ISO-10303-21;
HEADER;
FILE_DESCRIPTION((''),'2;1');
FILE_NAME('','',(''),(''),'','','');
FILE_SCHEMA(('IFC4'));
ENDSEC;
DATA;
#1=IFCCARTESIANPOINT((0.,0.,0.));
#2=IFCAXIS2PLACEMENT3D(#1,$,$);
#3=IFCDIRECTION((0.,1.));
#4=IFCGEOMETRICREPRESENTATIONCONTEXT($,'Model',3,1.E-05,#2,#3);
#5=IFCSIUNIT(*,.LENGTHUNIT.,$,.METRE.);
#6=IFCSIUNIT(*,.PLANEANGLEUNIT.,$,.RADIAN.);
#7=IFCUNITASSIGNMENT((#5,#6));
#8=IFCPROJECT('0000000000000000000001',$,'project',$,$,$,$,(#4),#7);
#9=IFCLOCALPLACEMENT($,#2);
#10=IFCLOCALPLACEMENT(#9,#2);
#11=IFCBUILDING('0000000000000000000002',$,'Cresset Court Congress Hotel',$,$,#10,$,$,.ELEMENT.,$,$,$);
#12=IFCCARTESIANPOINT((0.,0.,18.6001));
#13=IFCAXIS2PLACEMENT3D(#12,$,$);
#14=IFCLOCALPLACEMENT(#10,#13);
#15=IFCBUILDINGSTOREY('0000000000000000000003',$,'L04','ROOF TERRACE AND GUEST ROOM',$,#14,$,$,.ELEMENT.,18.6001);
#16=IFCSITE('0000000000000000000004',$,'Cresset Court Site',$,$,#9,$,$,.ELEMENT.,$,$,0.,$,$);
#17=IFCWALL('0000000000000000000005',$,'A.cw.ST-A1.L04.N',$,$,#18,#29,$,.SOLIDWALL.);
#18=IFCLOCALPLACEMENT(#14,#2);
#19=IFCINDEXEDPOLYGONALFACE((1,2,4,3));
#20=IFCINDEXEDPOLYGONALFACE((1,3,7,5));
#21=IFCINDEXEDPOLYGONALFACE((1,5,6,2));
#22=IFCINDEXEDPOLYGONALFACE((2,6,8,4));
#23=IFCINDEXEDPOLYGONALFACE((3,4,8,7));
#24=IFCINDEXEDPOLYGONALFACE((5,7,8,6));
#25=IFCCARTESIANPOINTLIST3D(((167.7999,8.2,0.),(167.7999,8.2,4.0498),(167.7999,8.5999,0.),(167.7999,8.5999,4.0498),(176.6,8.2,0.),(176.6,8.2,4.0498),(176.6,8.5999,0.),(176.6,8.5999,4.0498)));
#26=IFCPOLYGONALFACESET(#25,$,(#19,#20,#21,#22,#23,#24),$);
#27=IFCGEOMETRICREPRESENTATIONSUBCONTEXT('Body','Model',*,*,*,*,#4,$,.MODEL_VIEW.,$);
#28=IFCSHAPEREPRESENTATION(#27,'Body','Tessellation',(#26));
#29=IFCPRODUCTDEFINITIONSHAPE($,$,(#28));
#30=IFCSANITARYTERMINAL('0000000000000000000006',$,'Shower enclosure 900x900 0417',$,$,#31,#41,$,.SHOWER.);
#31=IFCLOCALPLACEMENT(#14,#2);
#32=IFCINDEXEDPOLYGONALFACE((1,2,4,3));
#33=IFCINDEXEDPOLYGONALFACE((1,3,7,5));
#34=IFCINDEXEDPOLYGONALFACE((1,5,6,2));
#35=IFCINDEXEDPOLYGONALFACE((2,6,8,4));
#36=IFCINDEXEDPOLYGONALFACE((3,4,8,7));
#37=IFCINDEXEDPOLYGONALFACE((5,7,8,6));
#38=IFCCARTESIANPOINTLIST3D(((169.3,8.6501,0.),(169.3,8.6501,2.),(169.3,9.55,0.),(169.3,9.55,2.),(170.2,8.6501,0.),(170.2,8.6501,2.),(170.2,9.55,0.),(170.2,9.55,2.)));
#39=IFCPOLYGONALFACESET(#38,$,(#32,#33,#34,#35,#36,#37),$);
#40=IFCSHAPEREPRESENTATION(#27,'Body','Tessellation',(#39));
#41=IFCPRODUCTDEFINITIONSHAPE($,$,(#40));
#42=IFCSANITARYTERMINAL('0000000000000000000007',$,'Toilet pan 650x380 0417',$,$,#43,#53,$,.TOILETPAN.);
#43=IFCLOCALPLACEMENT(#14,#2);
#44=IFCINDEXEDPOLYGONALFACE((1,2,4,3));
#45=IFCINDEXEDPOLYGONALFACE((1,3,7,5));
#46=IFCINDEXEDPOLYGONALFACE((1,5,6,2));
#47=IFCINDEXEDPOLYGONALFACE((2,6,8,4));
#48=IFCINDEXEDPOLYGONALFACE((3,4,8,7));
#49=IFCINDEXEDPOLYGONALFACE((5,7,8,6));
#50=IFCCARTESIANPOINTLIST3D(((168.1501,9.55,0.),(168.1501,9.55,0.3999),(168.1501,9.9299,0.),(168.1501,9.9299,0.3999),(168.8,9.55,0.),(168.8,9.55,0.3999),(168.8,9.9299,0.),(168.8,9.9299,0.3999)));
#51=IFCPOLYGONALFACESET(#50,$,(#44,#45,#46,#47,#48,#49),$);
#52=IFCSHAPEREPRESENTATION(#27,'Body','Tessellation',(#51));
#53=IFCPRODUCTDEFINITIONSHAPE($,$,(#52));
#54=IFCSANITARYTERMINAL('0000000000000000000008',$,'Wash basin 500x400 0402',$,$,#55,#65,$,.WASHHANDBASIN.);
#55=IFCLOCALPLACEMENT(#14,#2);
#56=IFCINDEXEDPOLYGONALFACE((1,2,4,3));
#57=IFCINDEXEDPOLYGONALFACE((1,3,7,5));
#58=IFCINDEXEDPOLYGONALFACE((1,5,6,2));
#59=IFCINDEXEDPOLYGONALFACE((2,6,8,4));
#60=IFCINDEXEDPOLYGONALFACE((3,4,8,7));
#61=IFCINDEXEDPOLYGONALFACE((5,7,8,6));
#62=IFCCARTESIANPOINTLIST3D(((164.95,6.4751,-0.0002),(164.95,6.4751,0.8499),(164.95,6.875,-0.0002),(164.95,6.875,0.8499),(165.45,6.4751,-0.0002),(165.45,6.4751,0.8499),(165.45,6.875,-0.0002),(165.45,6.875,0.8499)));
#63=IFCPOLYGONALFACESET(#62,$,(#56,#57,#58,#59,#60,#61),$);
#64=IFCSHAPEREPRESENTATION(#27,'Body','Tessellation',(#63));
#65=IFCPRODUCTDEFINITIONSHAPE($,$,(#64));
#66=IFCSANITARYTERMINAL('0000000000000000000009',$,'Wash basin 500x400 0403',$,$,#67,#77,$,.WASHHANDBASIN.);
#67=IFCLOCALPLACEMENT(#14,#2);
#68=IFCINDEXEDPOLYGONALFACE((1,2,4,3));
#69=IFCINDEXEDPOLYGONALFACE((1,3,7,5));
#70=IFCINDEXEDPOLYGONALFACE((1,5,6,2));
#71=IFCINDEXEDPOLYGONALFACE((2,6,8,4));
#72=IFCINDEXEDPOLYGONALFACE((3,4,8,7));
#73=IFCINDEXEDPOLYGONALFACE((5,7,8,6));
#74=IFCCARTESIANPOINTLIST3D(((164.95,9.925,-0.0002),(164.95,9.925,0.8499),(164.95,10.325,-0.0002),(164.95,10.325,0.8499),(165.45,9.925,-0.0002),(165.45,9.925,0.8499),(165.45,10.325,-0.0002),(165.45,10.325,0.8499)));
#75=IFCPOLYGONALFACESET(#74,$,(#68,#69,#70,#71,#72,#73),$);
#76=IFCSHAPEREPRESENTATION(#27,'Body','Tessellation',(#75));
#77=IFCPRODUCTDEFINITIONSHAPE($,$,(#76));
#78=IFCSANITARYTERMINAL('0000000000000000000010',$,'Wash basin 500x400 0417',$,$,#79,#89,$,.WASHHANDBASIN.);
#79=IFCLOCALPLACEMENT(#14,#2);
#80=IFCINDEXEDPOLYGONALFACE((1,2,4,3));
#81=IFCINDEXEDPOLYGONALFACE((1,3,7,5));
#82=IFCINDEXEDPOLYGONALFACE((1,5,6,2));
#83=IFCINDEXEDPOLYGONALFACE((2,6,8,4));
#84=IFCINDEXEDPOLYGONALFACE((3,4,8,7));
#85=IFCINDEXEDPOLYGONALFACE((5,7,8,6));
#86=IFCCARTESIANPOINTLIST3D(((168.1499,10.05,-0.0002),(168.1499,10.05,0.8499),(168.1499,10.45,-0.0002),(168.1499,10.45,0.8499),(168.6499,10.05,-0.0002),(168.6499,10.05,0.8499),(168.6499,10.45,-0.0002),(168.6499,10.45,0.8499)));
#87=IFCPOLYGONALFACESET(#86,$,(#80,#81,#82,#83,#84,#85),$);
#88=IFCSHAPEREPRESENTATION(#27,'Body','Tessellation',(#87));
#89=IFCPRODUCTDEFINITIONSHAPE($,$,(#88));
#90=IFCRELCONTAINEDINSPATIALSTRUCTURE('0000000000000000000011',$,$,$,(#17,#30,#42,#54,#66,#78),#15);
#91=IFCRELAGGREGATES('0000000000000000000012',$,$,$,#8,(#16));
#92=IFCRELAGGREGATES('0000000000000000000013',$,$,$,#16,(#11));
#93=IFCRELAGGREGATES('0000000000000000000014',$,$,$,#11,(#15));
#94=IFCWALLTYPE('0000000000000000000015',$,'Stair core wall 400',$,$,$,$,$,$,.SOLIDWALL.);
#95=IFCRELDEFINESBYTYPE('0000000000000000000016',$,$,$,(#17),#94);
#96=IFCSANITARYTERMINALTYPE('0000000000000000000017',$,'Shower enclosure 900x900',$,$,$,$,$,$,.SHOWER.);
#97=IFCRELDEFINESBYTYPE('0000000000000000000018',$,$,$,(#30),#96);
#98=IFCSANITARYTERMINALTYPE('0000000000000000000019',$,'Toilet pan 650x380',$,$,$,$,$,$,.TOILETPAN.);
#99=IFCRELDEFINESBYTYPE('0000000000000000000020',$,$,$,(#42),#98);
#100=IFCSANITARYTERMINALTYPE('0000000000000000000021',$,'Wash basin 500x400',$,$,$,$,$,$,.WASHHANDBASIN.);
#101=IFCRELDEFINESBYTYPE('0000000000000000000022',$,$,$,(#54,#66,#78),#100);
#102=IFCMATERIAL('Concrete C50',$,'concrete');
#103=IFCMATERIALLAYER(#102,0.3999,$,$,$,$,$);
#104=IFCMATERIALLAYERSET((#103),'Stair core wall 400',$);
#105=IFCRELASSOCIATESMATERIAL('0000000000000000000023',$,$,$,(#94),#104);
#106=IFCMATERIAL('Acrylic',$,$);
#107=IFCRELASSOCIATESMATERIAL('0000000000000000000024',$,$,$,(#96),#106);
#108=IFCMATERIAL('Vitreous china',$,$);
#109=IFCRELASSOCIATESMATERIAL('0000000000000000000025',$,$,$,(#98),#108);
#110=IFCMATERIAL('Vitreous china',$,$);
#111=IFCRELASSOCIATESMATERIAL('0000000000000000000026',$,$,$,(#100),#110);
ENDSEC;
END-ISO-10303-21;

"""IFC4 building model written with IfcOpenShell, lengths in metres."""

from ifc_helpers import new_model, si_unit, direction, frame, frame_2d, origin, origin_2d, place, context, subcontext, project, spatial, rectangle, extrude, material, layer, layer_set, type_object, element, save


model = new_model("IFC4")

# Units and contexts
model_context = context("Model", 3, precision=1e-05, world=origin(), true_north=direction((0.0, 1.0)))
body_context = subcontext(model_context, "Body", "Model", "MODEL_VIEW")
ifc_project = project(units=[si_unit("LENGTHUNIT", "METRE"), si_unit("PLANEANGLEUNIT", "RADIAN")], contexts=[model_context])

# Site, building, storey
site_placement = place(None, origin())
site = spatial("IfcSite", under=ifc_project, at=site_placement, Name="Cresset Court Site", CompositionType="ELEMENT", RefElevation=0.0)
building_placement = place(site_placement, origin())
building = spatial("IfcBuilding", under=site, at=building_placement, Name="Cresset Court Congress Hotel", CompositionType="ELEMENT")
storey_placement = place(building_placement, frame((0.0, 0.0, 18.6001)))
storey = spatial("IfcBuildingStorey", under=building, at=storey_placement, Name="L04", Description="ROOF TERRACE AND GUEST ROOM", CompositionType="ELEMENT", Elevation=18.6001)

# Wall
ifc_material_1 = material(Name="Concrete C50", Category="concrete")
ifc_layer_1 = layer(ifc_material_1, 0.3999)
ifc_layer_set_1 = layer_set([ifc_layer_1], Name="Stair core wall 400")
wall_type_1 = type_object("IfcWallType", Name="Stair core wall 400", PredefinedType="SOLIDWALL", material=ifc_layer_set_1)
wall_1_placement = place(storey_placement, frame((167.8, 8.3999, 0.0), z_axis=(0.0, 0.0, 1.0), x_axis=(1.0, 0.0, 0.0)))
element("IfcWall", 1, at=wall_1_placement, inside=storey, type_object=wall_type_1, Name="A.cw.ST-A1.L04.N", PredefinedType="SOLIDWALL", context=body_context, shape_type="SweptSolid", body=[
    extrude(rectangle(XDim=8.8, YDim=0.3999, at=frame_2d((4.3999, 0.0))), origin(), (0.0, 0.0, 1.0), 4.0498),
])

# Sanitary terminals
ifc_material_2 = material(Name="Acrylic")
sanitary_terminal_type_1 = type_object("IfcSanitaryTerminalType", Name="Shower enclosure 900x900", PredefinedType="SHOWER", material=ifc_material_2)
sanitary_terminal_1_placement = place(storey_placement, frame((169.75, 9.1001, 0.0), z_axis=(0.0, 0.0, 1.0), x_axis=(1.0, 0.0, 0.0)))
element("IfcSanitaryTerminal", 2, at=sanitary_terminal_1_placement, inside=storey, type_object=sanitary_terminal_type_1, Name="Shower enclosure 900x900 0417", PredefinedType="SHOWER", context=body_context, shape_type="SweptSolid", body=[
    extrude(rectangle(XDim=0.8999, YDim=0.8999, at=origin_2d()), origin(), (0.0, 0.0, 1.0), 2.0),
])
ifc_material_3 = material(Name="Vitreous china")
sanitary_terminal_type_2 = type_object("IfcSanitaryTerminalType", Name="Toilet pan 650x380", PredefinedType="TOILETPAN", material=ifc_material_3)
sanitary_terminal_2_placement = place(storey_placement, frame((168.4751, 9.74, 0.0), z_axis=(0.0, 0.0, 1.0), x_axis=(1.0, 0.0, 0.0)))
element("IfcSanitaryTerminal", 3, at=sanitary_terminal_2_placement, inside=storey, type_object=sanitary_terminal_type_2, Name="Toilet pan 650x380 0417", PredefinedType="TOILETPAN", context=body_context, shape_type="SweptSolid", body=[
    extrude(rectangle(XDim=0.6499, YDim=0.3799, at=origin_2d()), origin(), (0.0, 0.0, 1.0), 0.3999),
])
ifc_material_4 = material(Name="Vitreous china")
sanitary_terminal_type_3 = type_object("IfcSanitaryTerminalType", Name="Wash basin 500x400", PredefinedType="WASHHANDBASIN", material=ifc_material_4)
for number, where, z_axis, x_axis, name in (
    (4, (165.2, 6.675, -0.0002), (0.0, 0.0, 1.0), (1.0, 0.0, 0.0), "Wash basin 500x400 0402"),
    (5, (165.2, 10.125, -0.0002), (0.0, 0.0, 1.0), (1.0, 0.0, 0.0), "Wash basin 500x400 0403"),
    (6, (168.3999, 10.25, -0.0002), (0.0, 0.0, 1.0), (1.0, 0.0, 0.0), "Wash basin 500x400 0417"),
):
    element("IfcSanitaryTerminal", number, at=place(storey_placement, frame(where, z_axis=z_axis, x_axis=x_axis)), inside=storey, type_object=sanitary_terminal_type_3, Name=name, PredefinedType="WASHHANDBASIN", context=body_context, shape_type="SweptSolid", body=[
        extrude(rectangle(XDim=0.5, YDim=0.3999, at=origin_2d()), origin(), (0.0, 0.0, 1.0), 0.8501),
    ])

save(model, "model.ifc")
